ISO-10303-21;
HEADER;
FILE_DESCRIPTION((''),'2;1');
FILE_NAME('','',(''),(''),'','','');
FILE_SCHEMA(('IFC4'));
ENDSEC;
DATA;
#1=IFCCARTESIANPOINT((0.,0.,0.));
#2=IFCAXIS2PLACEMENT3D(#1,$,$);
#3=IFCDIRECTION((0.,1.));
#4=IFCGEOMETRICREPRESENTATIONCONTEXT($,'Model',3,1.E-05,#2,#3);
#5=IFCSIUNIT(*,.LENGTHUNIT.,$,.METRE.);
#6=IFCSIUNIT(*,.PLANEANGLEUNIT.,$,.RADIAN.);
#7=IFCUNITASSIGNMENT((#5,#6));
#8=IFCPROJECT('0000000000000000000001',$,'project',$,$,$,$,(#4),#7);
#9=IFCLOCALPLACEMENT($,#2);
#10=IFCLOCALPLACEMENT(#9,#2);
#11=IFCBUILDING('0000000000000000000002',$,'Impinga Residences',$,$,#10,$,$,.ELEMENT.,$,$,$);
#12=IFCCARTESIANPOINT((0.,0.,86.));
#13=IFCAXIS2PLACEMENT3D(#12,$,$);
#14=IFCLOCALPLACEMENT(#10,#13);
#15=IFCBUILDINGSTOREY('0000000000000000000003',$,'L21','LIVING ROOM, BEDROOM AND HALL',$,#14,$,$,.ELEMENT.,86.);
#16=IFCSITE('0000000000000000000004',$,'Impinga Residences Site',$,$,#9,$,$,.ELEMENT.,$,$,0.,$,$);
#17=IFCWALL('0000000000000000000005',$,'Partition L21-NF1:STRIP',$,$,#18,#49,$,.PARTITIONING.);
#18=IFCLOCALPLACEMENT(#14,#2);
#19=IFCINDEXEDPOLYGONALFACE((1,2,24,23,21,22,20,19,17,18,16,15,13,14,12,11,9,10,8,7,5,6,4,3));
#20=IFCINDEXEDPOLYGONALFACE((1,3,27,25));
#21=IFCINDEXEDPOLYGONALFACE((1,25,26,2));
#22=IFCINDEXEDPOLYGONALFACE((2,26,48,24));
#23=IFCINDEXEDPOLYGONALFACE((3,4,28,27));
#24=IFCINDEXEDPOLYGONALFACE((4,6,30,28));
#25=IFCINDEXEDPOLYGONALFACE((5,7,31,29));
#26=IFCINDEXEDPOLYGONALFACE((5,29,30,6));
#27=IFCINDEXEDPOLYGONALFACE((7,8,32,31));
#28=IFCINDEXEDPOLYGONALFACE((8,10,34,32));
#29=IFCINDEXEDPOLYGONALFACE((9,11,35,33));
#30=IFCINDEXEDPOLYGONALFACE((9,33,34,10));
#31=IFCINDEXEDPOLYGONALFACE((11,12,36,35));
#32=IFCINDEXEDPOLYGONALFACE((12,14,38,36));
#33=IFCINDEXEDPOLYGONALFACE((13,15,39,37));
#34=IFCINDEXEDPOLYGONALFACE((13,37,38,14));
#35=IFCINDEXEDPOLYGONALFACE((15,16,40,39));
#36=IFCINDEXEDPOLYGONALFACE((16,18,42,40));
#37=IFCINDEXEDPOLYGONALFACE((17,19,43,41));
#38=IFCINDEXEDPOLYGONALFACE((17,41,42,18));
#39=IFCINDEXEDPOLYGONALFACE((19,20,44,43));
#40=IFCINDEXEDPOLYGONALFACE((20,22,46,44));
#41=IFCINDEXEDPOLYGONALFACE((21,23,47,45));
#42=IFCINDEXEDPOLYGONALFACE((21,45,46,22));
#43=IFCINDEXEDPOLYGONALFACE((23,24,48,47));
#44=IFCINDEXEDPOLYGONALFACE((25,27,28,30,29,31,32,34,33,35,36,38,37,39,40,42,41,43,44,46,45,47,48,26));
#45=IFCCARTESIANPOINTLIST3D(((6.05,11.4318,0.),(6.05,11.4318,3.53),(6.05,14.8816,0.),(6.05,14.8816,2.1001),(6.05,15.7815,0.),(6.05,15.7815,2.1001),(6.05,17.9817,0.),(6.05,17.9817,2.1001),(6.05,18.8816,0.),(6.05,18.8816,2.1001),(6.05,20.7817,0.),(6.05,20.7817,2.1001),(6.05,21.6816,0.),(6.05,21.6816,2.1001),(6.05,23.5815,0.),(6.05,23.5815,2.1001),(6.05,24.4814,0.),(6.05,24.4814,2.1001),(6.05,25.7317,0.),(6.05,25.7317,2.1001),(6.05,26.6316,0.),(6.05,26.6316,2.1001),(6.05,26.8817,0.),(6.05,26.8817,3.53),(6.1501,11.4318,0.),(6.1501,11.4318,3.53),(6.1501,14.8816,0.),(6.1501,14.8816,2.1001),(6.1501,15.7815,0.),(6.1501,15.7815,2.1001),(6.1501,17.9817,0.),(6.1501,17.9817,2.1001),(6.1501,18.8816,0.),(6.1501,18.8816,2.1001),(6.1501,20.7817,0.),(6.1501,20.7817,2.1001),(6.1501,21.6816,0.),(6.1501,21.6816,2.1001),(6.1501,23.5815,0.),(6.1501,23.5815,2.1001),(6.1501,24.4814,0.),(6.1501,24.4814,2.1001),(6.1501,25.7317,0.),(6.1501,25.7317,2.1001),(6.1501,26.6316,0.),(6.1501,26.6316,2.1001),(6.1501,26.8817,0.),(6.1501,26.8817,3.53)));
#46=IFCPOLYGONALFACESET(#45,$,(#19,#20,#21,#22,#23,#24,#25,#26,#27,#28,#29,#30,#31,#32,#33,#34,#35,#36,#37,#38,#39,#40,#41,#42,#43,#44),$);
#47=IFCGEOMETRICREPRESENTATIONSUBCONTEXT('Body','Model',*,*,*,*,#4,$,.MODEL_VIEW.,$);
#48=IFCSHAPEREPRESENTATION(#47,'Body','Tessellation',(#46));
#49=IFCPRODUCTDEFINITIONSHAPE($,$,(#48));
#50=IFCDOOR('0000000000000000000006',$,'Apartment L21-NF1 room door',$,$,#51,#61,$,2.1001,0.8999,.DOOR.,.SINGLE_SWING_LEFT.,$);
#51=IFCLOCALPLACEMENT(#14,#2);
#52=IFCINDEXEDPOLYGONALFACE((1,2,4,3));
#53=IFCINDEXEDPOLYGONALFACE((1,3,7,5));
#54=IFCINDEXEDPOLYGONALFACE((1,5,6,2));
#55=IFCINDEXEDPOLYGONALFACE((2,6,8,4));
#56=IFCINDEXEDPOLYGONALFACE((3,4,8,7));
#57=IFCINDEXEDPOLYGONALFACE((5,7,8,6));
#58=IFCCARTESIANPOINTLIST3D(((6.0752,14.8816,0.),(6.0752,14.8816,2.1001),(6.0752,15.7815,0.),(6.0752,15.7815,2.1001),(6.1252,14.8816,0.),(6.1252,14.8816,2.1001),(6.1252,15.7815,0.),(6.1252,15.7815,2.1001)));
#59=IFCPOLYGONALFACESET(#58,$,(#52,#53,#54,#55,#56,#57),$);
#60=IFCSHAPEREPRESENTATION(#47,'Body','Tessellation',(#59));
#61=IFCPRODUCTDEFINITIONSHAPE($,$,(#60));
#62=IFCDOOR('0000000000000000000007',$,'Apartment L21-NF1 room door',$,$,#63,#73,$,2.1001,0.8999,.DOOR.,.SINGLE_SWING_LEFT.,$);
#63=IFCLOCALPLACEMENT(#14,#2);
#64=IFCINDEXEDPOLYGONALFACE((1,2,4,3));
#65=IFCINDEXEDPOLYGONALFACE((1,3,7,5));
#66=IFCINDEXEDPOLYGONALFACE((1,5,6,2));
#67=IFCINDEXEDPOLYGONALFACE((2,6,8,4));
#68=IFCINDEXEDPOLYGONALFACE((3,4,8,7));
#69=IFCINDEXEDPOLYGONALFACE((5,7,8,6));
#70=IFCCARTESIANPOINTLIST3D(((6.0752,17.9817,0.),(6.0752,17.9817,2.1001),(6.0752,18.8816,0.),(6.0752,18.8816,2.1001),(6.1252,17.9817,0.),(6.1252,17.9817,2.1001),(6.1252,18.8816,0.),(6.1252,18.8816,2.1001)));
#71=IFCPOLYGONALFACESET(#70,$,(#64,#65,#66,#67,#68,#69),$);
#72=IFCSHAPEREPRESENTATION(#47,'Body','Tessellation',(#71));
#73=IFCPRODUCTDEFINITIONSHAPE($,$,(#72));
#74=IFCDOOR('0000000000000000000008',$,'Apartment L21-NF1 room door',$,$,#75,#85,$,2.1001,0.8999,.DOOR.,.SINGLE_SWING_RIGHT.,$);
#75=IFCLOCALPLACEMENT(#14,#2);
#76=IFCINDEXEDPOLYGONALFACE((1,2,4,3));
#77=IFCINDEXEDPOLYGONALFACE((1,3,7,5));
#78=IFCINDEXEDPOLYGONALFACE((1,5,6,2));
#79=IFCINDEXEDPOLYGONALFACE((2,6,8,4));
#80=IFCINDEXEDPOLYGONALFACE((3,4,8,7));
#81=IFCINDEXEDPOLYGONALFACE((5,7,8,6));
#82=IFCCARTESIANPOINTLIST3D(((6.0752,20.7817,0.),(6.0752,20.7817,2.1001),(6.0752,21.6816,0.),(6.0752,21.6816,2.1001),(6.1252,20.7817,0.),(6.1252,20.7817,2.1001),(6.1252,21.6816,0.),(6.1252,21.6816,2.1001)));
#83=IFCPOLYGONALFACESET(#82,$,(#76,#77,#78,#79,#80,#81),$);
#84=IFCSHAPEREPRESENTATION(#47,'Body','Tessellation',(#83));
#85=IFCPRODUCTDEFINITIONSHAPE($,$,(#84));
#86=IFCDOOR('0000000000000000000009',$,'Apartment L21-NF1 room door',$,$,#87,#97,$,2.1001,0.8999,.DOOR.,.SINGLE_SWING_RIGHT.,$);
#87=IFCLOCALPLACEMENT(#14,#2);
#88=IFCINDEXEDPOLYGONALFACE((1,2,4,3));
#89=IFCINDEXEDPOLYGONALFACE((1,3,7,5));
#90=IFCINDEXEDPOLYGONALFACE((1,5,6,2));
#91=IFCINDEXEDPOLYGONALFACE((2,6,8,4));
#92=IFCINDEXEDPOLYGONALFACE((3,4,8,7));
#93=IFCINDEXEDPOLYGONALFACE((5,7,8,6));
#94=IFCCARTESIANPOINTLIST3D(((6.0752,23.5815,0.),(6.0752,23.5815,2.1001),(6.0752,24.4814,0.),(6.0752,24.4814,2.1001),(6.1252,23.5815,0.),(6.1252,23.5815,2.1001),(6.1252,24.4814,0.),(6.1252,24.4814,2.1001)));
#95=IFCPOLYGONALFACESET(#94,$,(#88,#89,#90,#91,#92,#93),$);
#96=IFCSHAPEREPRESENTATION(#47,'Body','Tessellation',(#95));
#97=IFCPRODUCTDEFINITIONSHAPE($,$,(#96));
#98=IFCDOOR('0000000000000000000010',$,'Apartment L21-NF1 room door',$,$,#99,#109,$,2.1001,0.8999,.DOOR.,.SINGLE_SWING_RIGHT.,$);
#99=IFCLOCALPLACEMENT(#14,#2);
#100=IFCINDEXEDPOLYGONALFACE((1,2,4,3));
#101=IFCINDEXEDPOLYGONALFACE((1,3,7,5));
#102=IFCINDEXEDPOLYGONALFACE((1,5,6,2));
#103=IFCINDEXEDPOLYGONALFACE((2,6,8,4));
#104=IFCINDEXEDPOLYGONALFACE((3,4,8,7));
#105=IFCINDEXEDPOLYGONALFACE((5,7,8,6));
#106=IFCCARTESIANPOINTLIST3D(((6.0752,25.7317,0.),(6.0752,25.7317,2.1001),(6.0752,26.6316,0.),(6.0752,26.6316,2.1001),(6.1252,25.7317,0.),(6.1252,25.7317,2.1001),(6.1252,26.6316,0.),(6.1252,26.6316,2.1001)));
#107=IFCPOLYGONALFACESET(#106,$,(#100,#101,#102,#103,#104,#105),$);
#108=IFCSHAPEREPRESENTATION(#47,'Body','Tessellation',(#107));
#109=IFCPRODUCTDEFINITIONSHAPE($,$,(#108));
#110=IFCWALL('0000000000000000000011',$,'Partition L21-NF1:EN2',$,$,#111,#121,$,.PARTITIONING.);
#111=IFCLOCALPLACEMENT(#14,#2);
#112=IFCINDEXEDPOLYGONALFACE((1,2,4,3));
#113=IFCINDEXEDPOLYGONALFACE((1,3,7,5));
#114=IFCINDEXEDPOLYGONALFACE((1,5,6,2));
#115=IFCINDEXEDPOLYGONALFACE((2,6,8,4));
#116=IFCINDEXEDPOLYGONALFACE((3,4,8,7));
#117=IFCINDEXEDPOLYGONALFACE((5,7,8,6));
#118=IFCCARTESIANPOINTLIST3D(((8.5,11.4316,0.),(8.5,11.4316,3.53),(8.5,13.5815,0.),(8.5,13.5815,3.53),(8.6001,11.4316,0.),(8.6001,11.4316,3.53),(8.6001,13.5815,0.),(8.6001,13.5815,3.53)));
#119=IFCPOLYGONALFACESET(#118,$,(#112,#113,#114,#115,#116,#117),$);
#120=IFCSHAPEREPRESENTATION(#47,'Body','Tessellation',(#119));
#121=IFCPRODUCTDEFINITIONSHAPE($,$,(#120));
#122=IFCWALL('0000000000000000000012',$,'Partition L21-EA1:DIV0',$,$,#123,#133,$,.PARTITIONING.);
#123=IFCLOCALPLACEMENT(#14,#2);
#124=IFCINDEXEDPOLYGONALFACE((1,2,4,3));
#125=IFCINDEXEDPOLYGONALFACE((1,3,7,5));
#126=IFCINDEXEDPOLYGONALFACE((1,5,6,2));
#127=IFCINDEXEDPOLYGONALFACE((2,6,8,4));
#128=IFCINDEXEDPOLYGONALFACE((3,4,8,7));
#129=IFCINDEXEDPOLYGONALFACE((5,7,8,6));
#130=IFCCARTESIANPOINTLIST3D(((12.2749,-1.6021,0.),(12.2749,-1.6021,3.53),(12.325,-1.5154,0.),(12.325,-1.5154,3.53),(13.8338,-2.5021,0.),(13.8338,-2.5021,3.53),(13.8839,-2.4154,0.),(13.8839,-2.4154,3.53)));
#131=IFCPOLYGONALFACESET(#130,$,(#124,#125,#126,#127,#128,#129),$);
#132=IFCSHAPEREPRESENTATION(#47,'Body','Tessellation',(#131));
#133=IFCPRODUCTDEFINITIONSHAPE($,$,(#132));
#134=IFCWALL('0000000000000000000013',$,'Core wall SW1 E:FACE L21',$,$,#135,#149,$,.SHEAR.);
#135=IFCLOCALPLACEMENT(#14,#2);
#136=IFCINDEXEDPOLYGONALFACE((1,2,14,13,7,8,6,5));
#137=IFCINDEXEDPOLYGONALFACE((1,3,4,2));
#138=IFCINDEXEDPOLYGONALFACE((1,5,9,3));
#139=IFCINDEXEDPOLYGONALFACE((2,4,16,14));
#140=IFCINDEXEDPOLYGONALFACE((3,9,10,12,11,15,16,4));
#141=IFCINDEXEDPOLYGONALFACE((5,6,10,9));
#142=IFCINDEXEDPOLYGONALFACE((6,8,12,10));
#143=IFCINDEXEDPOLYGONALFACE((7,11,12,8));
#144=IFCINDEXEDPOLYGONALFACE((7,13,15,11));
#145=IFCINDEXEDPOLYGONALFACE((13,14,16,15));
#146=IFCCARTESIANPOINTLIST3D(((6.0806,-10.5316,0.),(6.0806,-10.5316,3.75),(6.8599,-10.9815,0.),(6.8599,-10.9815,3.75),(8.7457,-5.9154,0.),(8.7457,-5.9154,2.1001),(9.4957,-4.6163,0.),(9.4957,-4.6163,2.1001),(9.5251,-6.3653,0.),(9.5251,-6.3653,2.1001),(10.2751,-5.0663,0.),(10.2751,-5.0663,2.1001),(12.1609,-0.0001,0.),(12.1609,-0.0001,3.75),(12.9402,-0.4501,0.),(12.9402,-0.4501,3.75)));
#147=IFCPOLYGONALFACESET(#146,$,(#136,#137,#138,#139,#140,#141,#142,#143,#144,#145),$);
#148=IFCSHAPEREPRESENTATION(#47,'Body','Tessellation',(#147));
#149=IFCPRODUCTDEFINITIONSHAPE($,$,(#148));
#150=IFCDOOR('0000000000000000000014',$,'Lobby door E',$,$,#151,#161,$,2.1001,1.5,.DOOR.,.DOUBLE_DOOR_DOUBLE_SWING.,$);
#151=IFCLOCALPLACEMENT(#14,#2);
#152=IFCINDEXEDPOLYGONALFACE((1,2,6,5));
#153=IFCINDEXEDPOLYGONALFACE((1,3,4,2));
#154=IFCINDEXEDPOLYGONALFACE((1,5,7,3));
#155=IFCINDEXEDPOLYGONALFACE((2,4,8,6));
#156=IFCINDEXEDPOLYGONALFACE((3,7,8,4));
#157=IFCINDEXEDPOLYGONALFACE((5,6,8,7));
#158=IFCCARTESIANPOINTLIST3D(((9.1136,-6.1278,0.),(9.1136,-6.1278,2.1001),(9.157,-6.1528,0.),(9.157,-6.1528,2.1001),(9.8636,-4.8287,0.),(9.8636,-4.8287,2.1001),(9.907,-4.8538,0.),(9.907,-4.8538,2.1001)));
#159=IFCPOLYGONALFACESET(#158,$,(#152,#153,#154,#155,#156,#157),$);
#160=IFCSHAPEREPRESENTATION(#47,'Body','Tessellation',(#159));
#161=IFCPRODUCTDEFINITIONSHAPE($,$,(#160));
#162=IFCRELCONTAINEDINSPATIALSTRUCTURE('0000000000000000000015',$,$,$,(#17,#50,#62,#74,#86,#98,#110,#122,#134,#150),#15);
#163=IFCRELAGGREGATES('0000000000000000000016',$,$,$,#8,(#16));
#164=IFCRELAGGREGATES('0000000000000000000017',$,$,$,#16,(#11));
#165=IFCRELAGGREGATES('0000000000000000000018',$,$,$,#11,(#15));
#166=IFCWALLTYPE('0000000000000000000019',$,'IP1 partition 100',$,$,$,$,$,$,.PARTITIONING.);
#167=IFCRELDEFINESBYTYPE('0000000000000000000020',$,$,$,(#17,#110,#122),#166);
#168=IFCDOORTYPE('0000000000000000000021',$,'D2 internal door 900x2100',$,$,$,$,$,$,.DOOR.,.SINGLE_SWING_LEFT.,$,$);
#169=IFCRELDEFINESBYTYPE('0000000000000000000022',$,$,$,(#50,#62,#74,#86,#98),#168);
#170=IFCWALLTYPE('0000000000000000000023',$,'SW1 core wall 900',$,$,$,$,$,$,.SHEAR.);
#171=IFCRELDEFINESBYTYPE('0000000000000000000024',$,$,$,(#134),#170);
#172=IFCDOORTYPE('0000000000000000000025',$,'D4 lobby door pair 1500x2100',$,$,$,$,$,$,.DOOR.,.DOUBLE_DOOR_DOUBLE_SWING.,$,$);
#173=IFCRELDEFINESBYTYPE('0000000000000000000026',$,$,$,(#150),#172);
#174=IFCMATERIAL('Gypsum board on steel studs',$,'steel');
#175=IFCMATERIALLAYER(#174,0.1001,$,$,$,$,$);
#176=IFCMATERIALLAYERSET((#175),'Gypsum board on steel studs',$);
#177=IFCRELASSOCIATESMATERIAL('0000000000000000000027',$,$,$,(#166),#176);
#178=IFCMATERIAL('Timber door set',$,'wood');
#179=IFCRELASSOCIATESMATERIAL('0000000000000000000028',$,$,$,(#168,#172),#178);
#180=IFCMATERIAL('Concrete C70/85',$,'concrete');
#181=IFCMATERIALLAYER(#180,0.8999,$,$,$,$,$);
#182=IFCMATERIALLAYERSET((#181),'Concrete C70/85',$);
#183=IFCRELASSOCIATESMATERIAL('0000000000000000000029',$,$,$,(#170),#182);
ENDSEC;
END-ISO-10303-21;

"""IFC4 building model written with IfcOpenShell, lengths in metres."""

from ifc_helpers import new_model, si_unit, direction, frame, frame_2d, origin, place, context, subcontext, project, spatial, rectangle, extrude, material, layer, layer_set, type_object, element, fill, save


model = new_model("IFC4")

# Units and contexts
model_context = context("Model", 3, precision=1e-05, world=origin(), true_north=direction((0.0, 1.0)))
body_context = subcontext(model_context, "Body", "Model", "MODEL_VIEW")
ifc_project = project(units=[si_unit("LENGTHUNIT", "METRE"), si_unit("PLANEANGLEUNIT", "RADIAN")], contexts=[model_context])

# Site, building, storey
site_placement = place(None, origin())
site = spatial("IfcSite", under=ifc_project, at=site_placement, Name="Impinga Residences Site", CompositionType="ELEMENT", RefElevation=0.0)
building_placement = place(site_placement, origin())
building = spatial("IfcBuilding", under=site, at=building_placement, Name="Impinga Residences", CompositionType="ELEMENT")
storey_placement = place(building_placement, frame((0.0, 0.0, 86.0)))
storey = spatial("IfcBuildingStorey", under=building, at=storey_placement, Name="L21", Description="LIVING ROOM, BEDROOM AND HALL", CompositionType="ELEMENT", Elevation=86.0)

# Shared definitions
ifc_material_1 = material(Name="Concrete C70/85", Category="concrete")

# Shared definitions
ifc_material_2 = material(Name="Timber door set", Category="wood")

# Wall, openings, doors
ifc_material_3 = material(Name="Gypsum board on steel studs", Category="steel")
ifc_layer_1 = layer(ifc_material_3, 0.1001)
ifc_layer_set_1 = layer_set([ifc_layer_1], Name="Gypsum board on steel studs")
wall_type_1 = type_object("IfcWallType", Name="IP1 partition 100", PredefinedType="PARTITIONING", material=ifc_layer_set_1)
wall_1_placement = place(storey_placement, frame((6.1001, 11.4316, 0.0), z_axis=(0.0, 0.0, 1.0), x_axis=(0.0, 1.0, 0.0)))
wall_1 = element("IfcWall", 1, at=wall_1_placement, inside=storey, type_object=wall_type_1, Name="Partition L21-NF1:STRIP", PredefinedType="PARTITIONING", context=body_context, shape_type="SweptSolid", body=[
    extrude(rectangle(XDim=15.45, YDim=0.1001, at=frame_2d((7.7251, 0.0))), origin(), (0.0, 0.0, 1.0), 3.53),
])
opening_1_placement = place(wall_1_placement, frame((3.45, 0.0, 0.0)))
opening_1 = element("IfcOpeningElement", 2, at=opening_1_placement, cuts=wall_1, PredefinedType="OPENING", context=body_context, shape_type="SweptSolid", body=[
    extrude(rectangle(XDim=0.8999, YDim=2.1001, at=frame_2d((0.45, 1.05))), frame((0.0, 0.0601, 0.0), z_axis=(0.0, -1.0, 0.0), x_axis=(1.0, 0.0, 0.0)), (0.0, 0.0, 1.0), 0.1201),
])
opening_2_placement = place(wall_1_placement, frame((6.55, 0.0, 0.0)))
opening_2 = element("IfcOpeningElement", 3, at=opening_2_placement, cuts=wall_1, PredefinedType="OPENING", context=body_context, shape_type="SweptSolid", body=[
    extrude(rectangle(XDim=0.8999, YDim=2.1001, at=frame_2d((0.45, 1.05))), frame((0.0, 0.0601, 0.0), z_axis=(0.0, -1.0, 0.0), x_axis=(1.0, 0.0, 0.0)), (0.0, 0.0, 1.0), 0.1201),
])
opening_3_placement = place(wall_1_placement, frame((9.3501, 0.0, 0.0)))
opening_3 = element("IfcOpeningElement", 4, at=opening_3_placement, cuts=wall_1, PredefinedType="OPENING", context=body_context, shape_type="SweptSolid", body=[
    extrude(rectangle(XDim=0.8999, YDim=2.1001, at=frame_2d((0.45, 1.05))), frame((0.0, 0.0601, 0.0), z_axis=(0.0, -1.0, 0.0), x_axis=(1.0, 0.0, 0.0)), (0.0, 0.0, 1.0), 0.1201),
])
opening_4_placement = place(wall_1_placement, frame((12.1499, 0.0, 0.0)))
opening_4 = element("IfcOpeningElement", 5, at=opening_4_placement, cuts=wall_1, PredefinedType="OPENING", context=body_context, shape_type="SweptSolid", body=[
    extrude(rectangle(XDim=0.8999, YDim=2.1001, at=frame_2d((0.45, 1.05))), frame((0.0, 0.0601, 0.0), z_axis=(0.0, -1.0, 0.0), x_axis=(1.0, 0.0, 0.0)), (0.0, 0.0, 1.0), 0.1201),
])
opening_5_placement = place(wall_1_placement, frame((14.3, 0.0, 0.0)))
opening_5 = element("IfcOpeningElement", 6, at=opening_5_placement, cuts=wall_1, PredefinedType="OPENING", context=body_context, shape_type="SweptSolid", body=[
    extrude(rectangle(XDim=0.8999, YDim=2.1001, at=frame_2d((0.45, 1.05))), frame((0.0, 0.0601, 0.0), z_axis=(0.0, -1.0, 0.0), x_axis=(1.0, 0.0, 0.0)), (0.0, 0.0, 1.0), 0.1201),
])
door_type_1 = type_object("IfcDoorType", Name="D2 internal door 900x2100", OperationType="SINGLE_SWING_LEFT", PredefinedType="DOOR", material=ifc_material_2)
door_1_placement = place(opening_1_placement, origin())
door_1 = element("IfcDoor", 7, at=door_1_placement, inside=storey, type_object=door_type_1, Name="Apartment L21-NF1 room door", OperationType="SINGLE_SWING_LEFT", OverallHeight=2.1001, OverallWidth=0.8999, PredefinedType="DOOR", context=body_context, shape_type="SweptSolid", body=[
    extrude(rectangle(XDim=0.8999, YDim=2.1001, at=frame_2d((0.45, 1.05))), frame((0.0, 0.0249, 0.0), z_axis=(0.0, -1.0, 0.0), x_axis=(1.0, 0.0, 0.0)), (0.0, 0.0, 1.0), 0.05),
])
fill(opening_1, door_1)
door_2_placement = place(opening_2_placement, origin())
door_2 = element("IfcDoor", 8, at=door_2_placement, inside=storey, type_object=door_type_1, Name="Apartment L21-NF1 room door", OperationType="SINGLE_SWING_LEFT", OverallHeight=2.1001, OverallWidth=0.8999, PredefinedType="DOOR", context=body_context, shape_type="SweptSolid", body=[
    extrude(rectangle(XDim=0.8999, YDim=2.1001, at=frame_2d((0.45, 1.05))), frame((0.0, 0.0249, 0.0), z_axis=(0.0, -1.0, 0.0), x_axis=(1.0, 0.0, 0.0)), (0.0, 0.0, 1.0), 0.05),
])
fill(opening_2, door_2)
door_3_placement = place(opening_3_placement, origin())
door_3 = element("IfcDoor", 9, at=door_3_placement, inside=storey, type_object=door_type_1, Name="Apartment L21-NF1 room door", OperationType="SINGLE_SWING_RIGHT", OverallHeight=2.1001, OverallWidth=0.8999, PredefinedType="DOOR", context=body_context, shape_type="SweptSolid", body=[
    extrude(rectangle(XDim=0.8999, YDim=2.1001, at=frame_2d((0.45, 1.05))), frame((0.0, 0.0249, 0.0), z_axis=(0.0, -1.0, 0.0), x_axis=(1.0, 0.0, 0.0)), (0.0, 0.0, 1.0), 0.05),
])
fill(opening_3, door_3)
door_4_placement = place(opening_4_placement, origin())
door_4 = element("IfcDoor", 10, at=door_4_placement, inside=storey, type_object=door_type_1, Name="Apartment L21-NF1 room door", OperationType="SINGLE_SWING_RIGHT", OverallHeight=2.1001, OverallWidth=0.8999, PredefinedType="DOOR", context=body_context, shape_type="SweptSolid", body=[
    extrude(rectangle(XDim=0.8999, YDim=2.1001, at=frame_2d((0.45, 1.05))), frame((0.0, 0.0249, 0.0), z_axis=(0.0, -1.0, 0.0), x_axis=(1.0, 0.0, 0.0)), (0.0, 0.0, 1.0), 0.05),
])
fill(opening_4, door_4)
door_5_placement = place(opening_5_placement, origin())
door_5 = element("IfcDoor", 11, at=door_5_placement, inside=storey, type_object=door_type_1, Name="Apartment L21-NF1 room door", OperationType="SINGLE_SWING_RIGHT", OverallHeight=2.1001, OverallWidth=0.8999, PredefinedType="DOOR", context=body_context, shape_type="SweptSolid", body=[
    extrude(rectangle(XDim=0.8999, YDim=2.1001, at=frame_2d((0.45, 1.05))), frame((0.0, 0.0249, 0.0), z_axis=(0.0, -1.0, 0.0), x_axis=(1.0, 0.0, 0.0)), (0.0, 0.0, 1.0), 0.05),
])
fill(opening_5, door_5)

# Walls
wall_2_placement = place(storey_placement, frame((8.55, 11.4316, 0.0), z_axis=(0.0, 0.0, 1.0), x_axis=(0.0, 1.0, 0.0)))
element("IfcWall", 12, at=wall_2_placement, inside=storey, type_object=wall_type_1, Name="Partition L21-NF1:EN2", PredefinedType="PARTITIONING", context=body_context, shape_type="SweptSolid", body=[
    extrude(rectangle(XDim=2.1499, YDim=0.1001, at=frame_2d((1.075, 0.0))), origin(), (0.0, 0.0, 1.0), 3.53),
])
wall_3_placement = place(storey_placement, frame((12.3, -1.5588, 0.0), z_axis=(0.0, 0.0, 1.0), x_axis=(0.866048, -0.499961, 0.0)))
element("IfcWall", 13, at=wall_3_placement, inside=storey, type_object=wall_type_1, Name="Partition L21-EA1:DIV0", PredefinedType="PARTITIONING", context=body_context, shape_type="SweptSolid", body=[
    extrude(rectangle(XDim=1.8, YDim=0.1001, at=frame_2d((0.8999, 0.0))), origin(), (0.0, 0.0, 1.0), 3.53),
])

# Wall, opening, door
ifc_layer_2 = layer(ifc_material_1, 0.8999)
ifc_layer_set_2 = layer_set([ifc_layer_2], Name="Concrete C70/85")
wall_type_2 = type_object("IfcWallType", Name="SW1 core wall 900", PredefinedType="SHEAR", material=ifc_layer_set_2)
wall_4_placement = place(storey_placement, frame((12.5505, -0.2251, 0.0), z_axis=(0.0, 0.0, 1.0), x_axis=(-0.499998, -0.866027, 0.0)))
wall_4 = element("IfcWall", 14, at=wall_4_placement, inside=storey, type_object=wall_type_2, Name="Core wall SW1 E:FACE L21", PredefinedType="SHEAR", context=body_context, shape_type="SweptSolid", body=[
    extrude(rectangle(XDim=12.1606, YDim=0.8999, at=frame_2d((6.0803, 0.0))), origin(), (0.0, 0.0, 1.0), 3.75),
])
opening_6_placement = place(wall_4_placement, frame((5.3303, 0.0, 0.0)))
opening_6 = element("IfcOpeningElement", 15, at=opening_6_placement, cuts=wall_4, PredefinedType="OPENING", context=body_context, shape_type="SweptSolid", body=[
    extrude(rectangle(XDim=1.5, YDim=2.1001, at=frame_2d((0.75, 1.05))), frame((0.0, 0.46, 0.0), z_axis=(0.0, -1.0, 0.0), x_axis=(1.0, 0.0, 0.0)), (0.0, 0.0, 1.0), 0.9199),
])
door_type_2 = type_object("IfcDoorType", Name="D4 lobby door pair 1500x2100", OperationType="DOUBLE_DOOR_DOUBLE_SWING", PredefinedType="DOOR", material=ifc_material_2)
door_6_placement = place(opening_6_placement, origin())
door_6 = element("IfcDoor", 16, at=door_6_placement, inside=storey, type_object=door_type_2, Name="Lobby door E", OperationType="DOUBLE_DOOR_DOUBLE_SWING", OverallHeight=2.1001, OverallWidth=1.5, PredefinedType="DOOR", context=body_context, shape_type="SweptSolid", body=[
    extrude(rectangle(XDim=1.5, YDim=2.1001, at=frame_2d((0.75, 1.05))), frame((0.0, 0.0249, 0.0), z_axis=(0.0, -1.0, 0.0), x_axis=(1.0, 0.0, 0.0)), (0.0, 0.0, 1.0), 0.05),
])
fill(opening_6, door_6)

save(model, "model.ifc")
